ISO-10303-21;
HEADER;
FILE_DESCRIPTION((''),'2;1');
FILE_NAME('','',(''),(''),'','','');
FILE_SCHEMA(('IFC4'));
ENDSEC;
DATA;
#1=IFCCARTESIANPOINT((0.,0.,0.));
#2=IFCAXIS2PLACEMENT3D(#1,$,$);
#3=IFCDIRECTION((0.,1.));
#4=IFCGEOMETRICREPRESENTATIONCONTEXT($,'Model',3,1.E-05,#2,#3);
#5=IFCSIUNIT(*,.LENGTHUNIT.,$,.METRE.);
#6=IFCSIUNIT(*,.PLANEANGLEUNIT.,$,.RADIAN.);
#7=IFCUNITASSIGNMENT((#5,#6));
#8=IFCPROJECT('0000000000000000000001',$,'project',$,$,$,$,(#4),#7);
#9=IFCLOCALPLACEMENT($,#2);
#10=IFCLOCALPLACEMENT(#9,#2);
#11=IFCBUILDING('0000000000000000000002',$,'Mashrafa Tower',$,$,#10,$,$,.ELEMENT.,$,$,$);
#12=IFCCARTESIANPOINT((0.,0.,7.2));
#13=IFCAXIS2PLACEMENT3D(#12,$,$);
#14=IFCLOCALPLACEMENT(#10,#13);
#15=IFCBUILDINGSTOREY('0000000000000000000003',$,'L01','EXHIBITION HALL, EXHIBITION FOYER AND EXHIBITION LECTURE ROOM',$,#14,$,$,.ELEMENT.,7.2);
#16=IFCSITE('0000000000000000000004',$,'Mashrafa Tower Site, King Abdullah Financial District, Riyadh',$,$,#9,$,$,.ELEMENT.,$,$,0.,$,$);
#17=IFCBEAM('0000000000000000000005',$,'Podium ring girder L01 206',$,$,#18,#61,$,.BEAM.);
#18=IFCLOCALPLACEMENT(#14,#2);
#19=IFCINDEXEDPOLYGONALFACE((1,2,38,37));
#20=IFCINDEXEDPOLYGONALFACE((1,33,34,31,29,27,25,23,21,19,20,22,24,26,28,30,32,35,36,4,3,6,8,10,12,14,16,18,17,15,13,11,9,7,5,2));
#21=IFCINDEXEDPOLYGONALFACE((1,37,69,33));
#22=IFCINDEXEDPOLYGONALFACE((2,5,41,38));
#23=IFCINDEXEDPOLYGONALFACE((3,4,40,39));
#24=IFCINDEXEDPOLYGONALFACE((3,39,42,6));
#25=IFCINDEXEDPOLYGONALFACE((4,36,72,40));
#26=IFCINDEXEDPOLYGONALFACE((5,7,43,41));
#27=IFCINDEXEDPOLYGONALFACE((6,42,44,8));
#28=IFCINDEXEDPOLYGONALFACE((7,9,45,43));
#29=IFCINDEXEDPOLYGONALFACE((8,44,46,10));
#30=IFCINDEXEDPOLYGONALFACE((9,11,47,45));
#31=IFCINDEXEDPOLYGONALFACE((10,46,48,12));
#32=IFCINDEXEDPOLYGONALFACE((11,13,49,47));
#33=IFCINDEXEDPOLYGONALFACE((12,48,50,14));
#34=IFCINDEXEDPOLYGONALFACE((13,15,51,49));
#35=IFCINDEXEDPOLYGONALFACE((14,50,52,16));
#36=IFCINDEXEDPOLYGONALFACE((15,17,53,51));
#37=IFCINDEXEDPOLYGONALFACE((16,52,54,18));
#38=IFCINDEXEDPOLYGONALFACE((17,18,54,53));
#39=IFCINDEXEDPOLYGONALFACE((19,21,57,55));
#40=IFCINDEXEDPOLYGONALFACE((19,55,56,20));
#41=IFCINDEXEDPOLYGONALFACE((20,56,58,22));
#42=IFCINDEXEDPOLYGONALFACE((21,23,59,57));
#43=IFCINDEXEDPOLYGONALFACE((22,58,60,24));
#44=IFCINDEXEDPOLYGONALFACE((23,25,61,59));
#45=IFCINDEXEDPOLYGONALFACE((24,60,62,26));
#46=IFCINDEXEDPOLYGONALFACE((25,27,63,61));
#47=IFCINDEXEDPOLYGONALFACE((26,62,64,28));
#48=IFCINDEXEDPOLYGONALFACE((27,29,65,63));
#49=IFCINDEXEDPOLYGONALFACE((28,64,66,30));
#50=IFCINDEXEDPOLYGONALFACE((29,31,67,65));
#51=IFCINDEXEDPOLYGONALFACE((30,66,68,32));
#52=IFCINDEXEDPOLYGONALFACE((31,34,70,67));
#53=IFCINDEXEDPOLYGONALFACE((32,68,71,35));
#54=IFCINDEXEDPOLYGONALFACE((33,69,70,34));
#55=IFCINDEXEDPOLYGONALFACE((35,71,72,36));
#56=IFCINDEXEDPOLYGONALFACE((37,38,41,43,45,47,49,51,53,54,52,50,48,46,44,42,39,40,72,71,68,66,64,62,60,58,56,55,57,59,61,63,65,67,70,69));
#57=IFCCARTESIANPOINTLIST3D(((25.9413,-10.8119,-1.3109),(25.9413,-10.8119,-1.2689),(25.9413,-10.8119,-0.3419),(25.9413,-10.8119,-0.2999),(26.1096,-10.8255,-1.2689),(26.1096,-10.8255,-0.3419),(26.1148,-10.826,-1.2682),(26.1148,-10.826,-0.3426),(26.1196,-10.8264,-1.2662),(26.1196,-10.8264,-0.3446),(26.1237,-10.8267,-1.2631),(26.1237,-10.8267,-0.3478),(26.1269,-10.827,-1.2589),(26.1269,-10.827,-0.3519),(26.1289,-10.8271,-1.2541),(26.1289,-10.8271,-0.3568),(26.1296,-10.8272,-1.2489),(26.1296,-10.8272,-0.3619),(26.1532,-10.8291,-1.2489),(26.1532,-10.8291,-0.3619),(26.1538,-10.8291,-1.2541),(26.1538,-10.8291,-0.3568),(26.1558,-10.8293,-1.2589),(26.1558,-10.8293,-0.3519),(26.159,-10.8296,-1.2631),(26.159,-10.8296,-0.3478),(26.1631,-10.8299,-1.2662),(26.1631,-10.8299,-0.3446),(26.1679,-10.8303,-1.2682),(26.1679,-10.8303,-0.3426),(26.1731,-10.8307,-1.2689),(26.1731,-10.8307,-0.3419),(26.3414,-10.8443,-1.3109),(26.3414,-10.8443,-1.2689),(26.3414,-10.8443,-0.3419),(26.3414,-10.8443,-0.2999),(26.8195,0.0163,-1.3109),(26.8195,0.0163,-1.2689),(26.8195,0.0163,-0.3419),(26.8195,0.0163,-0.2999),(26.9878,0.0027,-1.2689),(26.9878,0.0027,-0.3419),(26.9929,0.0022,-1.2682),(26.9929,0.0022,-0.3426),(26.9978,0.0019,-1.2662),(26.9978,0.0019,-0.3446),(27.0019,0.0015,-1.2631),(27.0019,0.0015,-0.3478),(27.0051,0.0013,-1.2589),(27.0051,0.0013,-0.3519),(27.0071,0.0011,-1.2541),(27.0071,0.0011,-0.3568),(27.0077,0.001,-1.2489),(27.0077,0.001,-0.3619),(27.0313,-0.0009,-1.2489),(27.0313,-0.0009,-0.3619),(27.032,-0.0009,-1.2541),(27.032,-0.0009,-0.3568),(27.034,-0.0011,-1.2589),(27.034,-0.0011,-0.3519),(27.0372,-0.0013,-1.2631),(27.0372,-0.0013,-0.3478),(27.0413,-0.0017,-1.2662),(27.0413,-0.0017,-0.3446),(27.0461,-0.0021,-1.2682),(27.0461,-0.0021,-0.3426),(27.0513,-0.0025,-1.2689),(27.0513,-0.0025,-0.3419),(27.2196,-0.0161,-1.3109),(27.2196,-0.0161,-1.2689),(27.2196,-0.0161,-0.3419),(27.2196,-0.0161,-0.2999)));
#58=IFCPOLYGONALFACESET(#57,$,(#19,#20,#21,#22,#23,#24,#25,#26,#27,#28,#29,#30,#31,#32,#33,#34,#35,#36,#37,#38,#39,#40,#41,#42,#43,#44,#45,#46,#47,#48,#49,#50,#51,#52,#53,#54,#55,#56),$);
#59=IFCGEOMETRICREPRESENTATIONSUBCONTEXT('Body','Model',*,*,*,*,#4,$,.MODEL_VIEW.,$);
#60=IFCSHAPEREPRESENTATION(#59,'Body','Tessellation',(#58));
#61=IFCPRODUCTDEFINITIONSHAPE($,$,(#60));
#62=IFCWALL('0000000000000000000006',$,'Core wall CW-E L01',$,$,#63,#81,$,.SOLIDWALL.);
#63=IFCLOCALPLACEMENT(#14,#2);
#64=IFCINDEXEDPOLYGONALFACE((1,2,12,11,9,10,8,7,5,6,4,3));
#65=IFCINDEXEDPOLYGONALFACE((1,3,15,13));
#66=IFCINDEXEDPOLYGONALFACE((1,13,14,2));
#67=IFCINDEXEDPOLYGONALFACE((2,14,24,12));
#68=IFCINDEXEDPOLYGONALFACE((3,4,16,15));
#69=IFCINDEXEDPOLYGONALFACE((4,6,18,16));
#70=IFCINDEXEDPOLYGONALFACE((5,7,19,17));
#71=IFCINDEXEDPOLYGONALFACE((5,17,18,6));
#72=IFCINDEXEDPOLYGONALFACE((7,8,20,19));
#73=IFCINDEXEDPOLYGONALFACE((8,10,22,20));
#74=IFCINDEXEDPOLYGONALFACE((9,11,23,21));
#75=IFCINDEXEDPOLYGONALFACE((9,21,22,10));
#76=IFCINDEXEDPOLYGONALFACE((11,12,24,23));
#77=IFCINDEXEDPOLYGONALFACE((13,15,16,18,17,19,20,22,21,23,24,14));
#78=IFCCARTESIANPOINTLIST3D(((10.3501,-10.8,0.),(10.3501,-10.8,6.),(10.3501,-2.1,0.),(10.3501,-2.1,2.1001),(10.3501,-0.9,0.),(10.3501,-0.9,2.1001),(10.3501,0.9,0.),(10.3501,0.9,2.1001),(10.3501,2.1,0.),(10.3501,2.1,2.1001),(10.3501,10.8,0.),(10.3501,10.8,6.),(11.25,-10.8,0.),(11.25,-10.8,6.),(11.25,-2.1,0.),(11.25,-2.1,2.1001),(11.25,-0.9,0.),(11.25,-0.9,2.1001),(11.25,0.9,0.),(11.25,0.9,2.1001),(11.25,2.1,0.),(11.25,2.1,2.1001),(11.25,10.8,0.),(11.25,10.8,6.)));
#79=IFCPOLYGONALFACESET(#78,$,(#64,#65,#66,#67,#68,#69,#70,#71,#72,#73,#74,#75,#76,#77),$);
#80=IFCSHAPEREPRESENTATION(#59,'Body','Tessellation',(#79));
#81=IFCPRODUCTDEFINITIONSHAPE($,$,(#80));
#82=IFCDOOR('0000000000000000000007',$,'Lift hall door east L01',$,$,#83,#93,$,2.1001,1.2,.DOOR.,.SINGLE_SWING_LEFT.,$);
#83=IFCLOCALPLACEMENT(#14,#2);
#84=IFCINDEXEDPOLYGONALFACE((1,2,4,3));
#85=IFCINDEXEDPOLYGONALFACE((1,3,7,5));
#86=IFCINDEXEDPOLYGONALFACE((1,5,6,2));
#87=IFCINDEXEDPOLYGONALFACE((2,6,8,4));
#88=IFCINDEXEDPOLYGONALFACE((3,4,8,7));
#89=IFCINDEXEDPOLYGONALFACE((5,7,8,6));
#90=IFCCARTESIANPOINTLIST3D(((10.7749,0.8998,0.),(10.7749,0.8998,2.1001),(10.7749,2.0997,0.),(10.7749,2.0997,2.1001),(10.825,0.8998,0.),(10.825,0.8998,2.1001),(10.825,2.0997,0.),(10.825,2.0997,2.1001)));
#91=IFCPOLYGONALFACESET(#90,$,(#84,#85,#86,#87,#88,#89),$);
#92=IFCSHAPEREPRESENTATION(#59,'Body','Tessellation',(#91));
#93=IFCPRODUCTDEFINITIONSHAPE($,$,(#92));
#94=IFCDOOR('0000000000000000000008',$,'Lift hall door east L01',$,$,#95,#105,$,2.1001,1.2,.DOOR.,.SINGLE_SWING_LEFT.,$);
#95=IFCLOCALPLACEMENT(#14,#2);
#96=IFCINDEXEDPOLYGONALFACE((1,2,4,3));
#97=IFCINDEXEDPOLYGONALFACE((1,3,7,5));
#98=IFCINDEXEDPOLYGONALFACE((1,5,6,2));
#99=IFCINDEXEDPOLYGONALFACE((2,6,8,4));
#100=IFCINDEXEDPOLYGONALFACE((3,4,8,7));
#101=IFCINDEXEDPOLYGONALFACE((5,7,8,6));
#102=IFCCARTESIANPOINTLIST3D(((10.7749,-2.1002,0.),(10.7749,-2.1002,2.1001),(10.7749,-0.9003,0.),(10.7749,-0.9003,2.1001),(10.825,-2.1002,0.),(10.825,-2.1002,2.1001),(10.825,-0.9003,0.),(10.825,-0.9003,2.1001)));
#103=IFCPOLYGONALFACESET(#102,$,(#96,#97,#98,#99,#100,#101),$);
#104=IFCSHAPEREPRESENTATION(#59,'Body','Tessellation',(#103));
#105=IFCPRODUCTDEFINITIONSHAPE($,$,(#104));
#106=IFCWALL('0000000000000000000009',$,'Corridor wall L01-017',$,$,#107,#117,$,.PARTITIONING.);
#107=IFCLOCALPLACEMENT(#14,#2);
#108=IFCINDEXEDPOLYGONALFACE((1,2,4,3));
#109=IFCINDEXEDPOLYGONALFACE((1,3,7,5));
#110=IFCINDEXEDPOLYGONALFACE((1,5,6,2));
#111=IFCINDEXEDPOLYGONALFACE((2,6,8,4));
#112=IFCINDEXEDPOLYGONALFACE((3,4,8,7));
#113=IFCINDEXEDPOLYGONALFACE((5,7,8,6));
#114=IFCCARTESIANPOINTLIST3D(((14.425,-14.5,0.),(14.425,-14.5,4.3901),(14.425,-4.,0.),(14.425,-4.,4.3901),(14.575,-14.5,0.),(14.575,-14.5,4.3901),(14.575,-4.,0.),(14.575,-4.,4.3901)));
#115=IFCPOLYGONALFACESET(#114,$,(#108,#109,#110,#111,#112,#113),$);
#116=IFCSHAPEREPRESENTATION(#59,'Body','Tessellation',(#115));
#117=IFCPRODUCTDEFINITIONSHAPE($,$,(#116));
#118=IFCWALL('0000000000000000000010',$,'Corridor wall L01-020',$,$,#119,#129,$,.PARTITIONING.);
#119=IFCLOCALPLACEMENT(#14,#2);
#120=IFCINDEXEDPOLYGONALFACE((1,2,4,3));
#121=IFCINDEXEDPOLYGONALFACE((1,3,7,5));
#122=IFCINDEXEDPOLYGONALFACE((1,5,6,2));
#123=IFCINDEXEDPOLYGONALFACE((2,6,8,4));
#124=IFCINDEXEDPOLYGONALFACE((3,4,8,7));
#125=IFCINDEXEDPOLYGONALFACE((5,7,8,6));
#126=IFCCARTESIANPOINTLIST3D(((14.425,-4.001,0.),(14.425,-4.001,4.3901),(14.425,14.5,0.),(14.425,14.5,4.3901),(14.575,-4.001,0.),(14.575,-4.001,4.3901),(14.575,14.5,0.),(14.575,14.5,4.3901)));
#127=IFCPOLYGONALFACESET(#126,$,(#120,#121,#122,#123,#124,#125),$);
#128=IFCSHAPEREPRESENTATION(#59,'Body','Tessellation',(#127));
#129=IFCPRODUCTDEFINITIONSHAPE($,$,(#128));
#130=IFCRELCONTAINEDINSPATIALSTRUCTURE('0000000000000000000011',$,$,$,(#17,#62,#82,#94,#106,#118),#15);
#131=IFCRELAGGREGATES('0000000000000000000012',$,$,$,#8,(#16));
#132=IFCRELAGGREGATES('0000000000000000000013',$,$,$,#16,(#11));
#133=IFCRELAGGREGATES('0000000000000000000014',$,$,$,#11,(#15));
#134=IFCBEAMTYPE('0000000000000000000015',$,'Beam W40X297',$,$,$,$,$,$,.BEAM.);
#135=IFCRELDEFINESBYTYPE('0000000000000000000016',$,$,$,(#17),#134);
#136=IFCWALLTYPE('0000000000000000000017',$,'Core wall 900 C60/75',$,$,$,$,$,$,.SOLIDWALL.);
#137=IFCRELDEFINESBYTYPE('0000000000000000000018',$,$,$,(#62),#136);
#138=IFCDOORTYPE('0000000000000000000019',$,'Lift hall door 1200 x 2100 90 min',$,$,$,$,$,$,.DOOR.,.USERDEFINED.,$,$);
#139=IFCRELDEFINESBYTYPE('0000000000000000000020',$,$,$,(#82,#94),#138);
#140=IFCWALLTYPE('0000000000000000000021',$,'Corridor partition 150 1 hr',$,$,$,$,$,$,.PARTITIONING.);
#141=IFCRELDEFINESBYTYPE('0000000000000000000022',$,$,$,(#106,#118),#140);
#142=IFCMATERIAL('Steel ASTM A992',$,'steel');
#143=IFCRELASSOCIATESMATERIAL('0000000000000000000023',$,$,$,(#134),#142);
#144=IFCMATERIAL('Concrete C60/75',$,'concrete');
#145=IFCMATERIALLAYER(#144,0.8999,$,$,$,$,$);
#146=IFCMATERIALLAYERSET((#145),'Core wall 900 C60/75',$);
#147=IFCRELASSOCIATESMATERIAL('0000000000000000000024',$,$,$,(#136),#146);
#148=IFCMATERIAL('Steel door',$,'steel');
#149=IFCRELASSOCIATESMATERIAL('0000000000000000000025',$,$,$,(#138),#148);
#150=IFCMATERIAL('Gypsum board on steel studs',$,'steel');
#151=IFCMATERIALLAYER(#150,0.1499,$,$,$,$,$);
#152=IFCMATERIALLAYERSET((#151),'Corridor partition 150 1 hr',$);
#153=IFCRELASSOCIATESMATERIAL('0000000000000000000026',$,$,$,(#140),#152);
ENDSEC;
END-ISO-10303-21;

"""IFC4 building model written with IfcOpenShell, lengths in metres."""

from ifc_helpers import new_model, si_unit, direction, frame, frame_2d, origin, origin_2d, place, context, subcontext, project, spatial, rectangle, i_section, extrude, material, layer, layer_set, material_profile, profile_set, type_object, element, fill, save


model = new_model("IFC4")

# Units and contexts
model_context = context("Model", 3, precision=1e-05, world=origin(), true_north=direction((0.0, 1.0)))
body_context = subcontext(model_context, "Body", "Model", "MODEL_VIEW")
ifc_project = project(units=[si_unit("LENGTHUNIT", "METRE"), si_unit("PLANEANGLEUNIT", "RADIAN")], contexts=[model_context])

# Site, building, storey
site_placement = place(None, origin())
site = spatial("IfcSite", under=ifc_project, at=site_placement, Name="Mashrafa Tower Site, King Abdullah Financial District, Riyadh", CompositionType="ELEMENT", RefElevation=0.0)
building_placement = place(site_placement, origin())
building = spatial("IfcBuilding", under=site, at=building_placement, Name="Mashrafa Tower", CompositionType="ELEMENT")
storey_placement = place(building_placement, frame((0.0, 0.0, 7.2)))
storey = spatial("IfcBuildingStorey", under=building, at=storey_placement, Name="L01", Description="EXHIBITION HALL, EXHIBITION FOYER AND EXHIBITION LECTURE ROOM", CompositionType="ELEMENT", Elevation=7.2)

# Beam
ifc_material_1 = material(Name="Steel ASTM A992", Category="steel")
ifc_material_profile_1 = material_profile(ifc_material_1, i_section(OverallWidth=0.4014, OverallDepth=1.011, WebThickness=0.0237, FlangeThickness=0.042, FilletRadius=0.02, at=origin_2d()), Name="W40X297")
ifc_profile_set_1 = profile_set([ifc_material_profile_1], Name="Steel ASTM A992")
beam_type_1 = type_object("IfcBeamType", Name="Beam W40X297", PredefinedType="BEAM", material=ifc_profile_set_1)
beam_1_placement = place(storey_placement, frame((26.1414, -10.8281, -0.8054), z_axis=(0.080836, 0.996727, 0.0), x_axis=(-0.996727, 0.080836, 0.0)))
element("IfcBeam", 1, at=beam_1_placement, inside=storey, type_object=beam_type_1, Name="Podium ring girder L01 206", PredefinedType="BEAM", context=body_context, shape_type="SweptSolid", body=[
    extrude(i_section(OverallWidth=0.4014, OverallDepth=1.011, WebThickness=0.0237, FlangeThickness=0.042, FilletRadius=0.02, at=origin_2d()), origin(), (0.0, 0.0, 1.0), 10.8638),
])

# Wall, openings, doors
ifc_material_2 = material(Name="Concrete C60/75", Category="concrete")
ifc_layer_1 = layer(ifc_material_2, 0.8999)
ifc_layer_set_1 = layer_set([ifc_layer_1], Name="Core wall 900 C60/75")
wall_type_1 = type_object("IfcWallType", Name="Core wall 900 C60/75", PredefinedType="SOLIDWALL", material=ifc_layer_set_1)
wall_1_placement = place(storey_placement, frame((10.8, -10.8, 0.0), z_axis=(0.0, 0.0, 1.0), x_axis=(0.0, 1.0, 0.0)))
wall_1 = element("IfcWall", 2, at=wall_1_placement, inside=storey, type_object=wall_type_1, Name="Core wall CW-E L01", PredefinedType="SOLIDWALL", context=body_context, shape_type="SweptSolid", body=[
    extrude(rectangle(XDim=21.6001, YDim=0.8999, at=frame_2d((10.8, 0.0))), origin(), (0.0, 0.0, 1.0), 6.0),
])
opening_1_placement = place(wall_1_placement, frame((11.7, 0.0, 0.0)))
opening_1 = element("IfcOpeningElement", 3, at=opening_1_placement, cuts=wall_1, PredefinedType="OPENING", context=body_context, shape_type="SweptSolid", body=[
    extrude(rectangle(XDim=1.2, YDim=2.1001, at=frame_2d((0.6001, 1.05))), frame((0.0, 0.46, 0.0), z_axis=(0.0, -1.0, 0.0), x_axis=(1.0, 0.0, 0.0)), (0.0, 0.0, 1.0), 0.9199),
])
opening_2_placement = place(wall_1_placement, frame((8.7, 0.0, 0.0)))
opening_2 = element("IfcOpeningElement", 4, at=opening_2_placement, cuts=wall_1, PredefinedType="OPENING", context=body_context, shape_type="SweptSolid", body=[
    extrude(rectangle(XDim=1.2, YDim=2.1001, at=frame_2d((0.6001, 1.05))), frame((0.0, 0.46, 0.0), z_axis=(0.0, -1.0, 0.0), x_axis=(1.0, 0.0, 0.0)), (0.0, 0.0, 1.0), 0.9199),
])
ifc_material_3 = material(Name="Steel door", Category="steel")
door_type_1 = type_object("IfcDoorType", Name="Lift hall door 1200 x 2100 90 min", OperationType="USERDEFINED", PredefinedType="DOOR", material=ifc_material_3)
door_1_placement = place(opening_1_placement, frame((1.2, 0.0, 0.0), z_axis=(0.0, 0.0, 1.0), x_axis=(-1.0, 0.0, 0.0)))
door_1 = element("IfcDoor", 5, at=door_1_placement, inside=storey, type_object=door_type_1, Name="Lift hall door east L01", OperationType="SINGLE_SWING_LEFT", OverallHeight=2.1001, OverallWidth=1.2, PredefinedType="DOOR", context=body_context, shape_type="SweptSolid", body=[
    extrude(rectangle(XDim=1.2, YDim=2.1001, at=frame_2d((0.6001, 1.05))), frame((0.0, 0.0249, 0.0), z_axis=(0.0, -1.0, 0.0), x_axis=(1.0, 0.0, 0.0)), (0.0, 0.0, 1.0), 0.05),
])
fill(opening_1, door_1)
door_2_placement = place(opening_2_placement, frame((1.2, 0.0, 0.0), z_axis=(0.0, 0.0, 1.0), x_axis=(-1.0, 0.0, 0.0)))
door_2 = element("IfcDoor", 6, at=door_2_placement, inside=storey, type_object=door_type_1, Name="Lift hall door east L01", OperationType="SINGLE_SWING_LEFT", OverallHeight=2.1001, OverallWidth=1.2, PredefinedType="DOOR", context=body_context, shape_type="SweptSolid", body=[
    extrude(rectangle(XDim=1.2, YDim=2.1001, at=frame_2d((0.6001, 1.05))), frame((0.0, 0.0249, 0.0), z_axis=(0.0, -1.0, 0.0), x_axis=(1.0, 0.0, 0.0)), (0.0, 0.0, 1.0), 0.05),
])
fill(opening_2, door_2)

# Walls
ifc_material_4 = material(Name="Gypsum board on steel studs", Category="steel")
ifc_layer_2 = layer(ifc_material_4, 0.1499)
ifc_layer_set_2 = layer_set([ifc_layer_2], Name="Corridor partition 150 1 hr")
wall_type_2 = type_object("IfcWallType", Name="Corridor partition 150 1 hr", PredefinedType="PARTITIONING", material=ifc_layer_set_2)
wall_2_placement = place(storey_placement, frame((14.5, -4.0, 0.0), z_axis=(0.0, 0.0, 1.0), x_axis=(0.0, -1.0, 0.0)))
element("IfcWall", 7, at=wall_2_placement, inside=storey, type_object=wall_type_2, Name="Corridor wall L01-017", PredefinedType="PARTITIONING", context=body_context, shape_type="SweptSolid", body=[
    extrude(rectangle(XDim=10.5, YDim=0.1499, at=frame_2d((5.25, 0.0))), origin(), (0.0, 0.0, 1.0), 4.3901),
])
wall_3_placement = place(storey_placement, frame((14.5, -4.001, 0.0), z_axis=(0.0, 0.0, 1.0), x_axis=(0.0, 1.0, 0.0)))
element("IfcWall", 8, at=wall_3_placement, inside=storey, type_object=wall_type_2, Name="Corridor wall L01-020", PredefinedType="PARTITIONING", context=body_context, shape_type="SweptSolid", body=[
    extrude(rectangle(XDim=18.501, YDim=0.1499, at=frame_2d((9.2505, 0.0))), origin(), (0.0, 0.0, 1.0), 4.3901),
])

save(model, "model.ifc")
